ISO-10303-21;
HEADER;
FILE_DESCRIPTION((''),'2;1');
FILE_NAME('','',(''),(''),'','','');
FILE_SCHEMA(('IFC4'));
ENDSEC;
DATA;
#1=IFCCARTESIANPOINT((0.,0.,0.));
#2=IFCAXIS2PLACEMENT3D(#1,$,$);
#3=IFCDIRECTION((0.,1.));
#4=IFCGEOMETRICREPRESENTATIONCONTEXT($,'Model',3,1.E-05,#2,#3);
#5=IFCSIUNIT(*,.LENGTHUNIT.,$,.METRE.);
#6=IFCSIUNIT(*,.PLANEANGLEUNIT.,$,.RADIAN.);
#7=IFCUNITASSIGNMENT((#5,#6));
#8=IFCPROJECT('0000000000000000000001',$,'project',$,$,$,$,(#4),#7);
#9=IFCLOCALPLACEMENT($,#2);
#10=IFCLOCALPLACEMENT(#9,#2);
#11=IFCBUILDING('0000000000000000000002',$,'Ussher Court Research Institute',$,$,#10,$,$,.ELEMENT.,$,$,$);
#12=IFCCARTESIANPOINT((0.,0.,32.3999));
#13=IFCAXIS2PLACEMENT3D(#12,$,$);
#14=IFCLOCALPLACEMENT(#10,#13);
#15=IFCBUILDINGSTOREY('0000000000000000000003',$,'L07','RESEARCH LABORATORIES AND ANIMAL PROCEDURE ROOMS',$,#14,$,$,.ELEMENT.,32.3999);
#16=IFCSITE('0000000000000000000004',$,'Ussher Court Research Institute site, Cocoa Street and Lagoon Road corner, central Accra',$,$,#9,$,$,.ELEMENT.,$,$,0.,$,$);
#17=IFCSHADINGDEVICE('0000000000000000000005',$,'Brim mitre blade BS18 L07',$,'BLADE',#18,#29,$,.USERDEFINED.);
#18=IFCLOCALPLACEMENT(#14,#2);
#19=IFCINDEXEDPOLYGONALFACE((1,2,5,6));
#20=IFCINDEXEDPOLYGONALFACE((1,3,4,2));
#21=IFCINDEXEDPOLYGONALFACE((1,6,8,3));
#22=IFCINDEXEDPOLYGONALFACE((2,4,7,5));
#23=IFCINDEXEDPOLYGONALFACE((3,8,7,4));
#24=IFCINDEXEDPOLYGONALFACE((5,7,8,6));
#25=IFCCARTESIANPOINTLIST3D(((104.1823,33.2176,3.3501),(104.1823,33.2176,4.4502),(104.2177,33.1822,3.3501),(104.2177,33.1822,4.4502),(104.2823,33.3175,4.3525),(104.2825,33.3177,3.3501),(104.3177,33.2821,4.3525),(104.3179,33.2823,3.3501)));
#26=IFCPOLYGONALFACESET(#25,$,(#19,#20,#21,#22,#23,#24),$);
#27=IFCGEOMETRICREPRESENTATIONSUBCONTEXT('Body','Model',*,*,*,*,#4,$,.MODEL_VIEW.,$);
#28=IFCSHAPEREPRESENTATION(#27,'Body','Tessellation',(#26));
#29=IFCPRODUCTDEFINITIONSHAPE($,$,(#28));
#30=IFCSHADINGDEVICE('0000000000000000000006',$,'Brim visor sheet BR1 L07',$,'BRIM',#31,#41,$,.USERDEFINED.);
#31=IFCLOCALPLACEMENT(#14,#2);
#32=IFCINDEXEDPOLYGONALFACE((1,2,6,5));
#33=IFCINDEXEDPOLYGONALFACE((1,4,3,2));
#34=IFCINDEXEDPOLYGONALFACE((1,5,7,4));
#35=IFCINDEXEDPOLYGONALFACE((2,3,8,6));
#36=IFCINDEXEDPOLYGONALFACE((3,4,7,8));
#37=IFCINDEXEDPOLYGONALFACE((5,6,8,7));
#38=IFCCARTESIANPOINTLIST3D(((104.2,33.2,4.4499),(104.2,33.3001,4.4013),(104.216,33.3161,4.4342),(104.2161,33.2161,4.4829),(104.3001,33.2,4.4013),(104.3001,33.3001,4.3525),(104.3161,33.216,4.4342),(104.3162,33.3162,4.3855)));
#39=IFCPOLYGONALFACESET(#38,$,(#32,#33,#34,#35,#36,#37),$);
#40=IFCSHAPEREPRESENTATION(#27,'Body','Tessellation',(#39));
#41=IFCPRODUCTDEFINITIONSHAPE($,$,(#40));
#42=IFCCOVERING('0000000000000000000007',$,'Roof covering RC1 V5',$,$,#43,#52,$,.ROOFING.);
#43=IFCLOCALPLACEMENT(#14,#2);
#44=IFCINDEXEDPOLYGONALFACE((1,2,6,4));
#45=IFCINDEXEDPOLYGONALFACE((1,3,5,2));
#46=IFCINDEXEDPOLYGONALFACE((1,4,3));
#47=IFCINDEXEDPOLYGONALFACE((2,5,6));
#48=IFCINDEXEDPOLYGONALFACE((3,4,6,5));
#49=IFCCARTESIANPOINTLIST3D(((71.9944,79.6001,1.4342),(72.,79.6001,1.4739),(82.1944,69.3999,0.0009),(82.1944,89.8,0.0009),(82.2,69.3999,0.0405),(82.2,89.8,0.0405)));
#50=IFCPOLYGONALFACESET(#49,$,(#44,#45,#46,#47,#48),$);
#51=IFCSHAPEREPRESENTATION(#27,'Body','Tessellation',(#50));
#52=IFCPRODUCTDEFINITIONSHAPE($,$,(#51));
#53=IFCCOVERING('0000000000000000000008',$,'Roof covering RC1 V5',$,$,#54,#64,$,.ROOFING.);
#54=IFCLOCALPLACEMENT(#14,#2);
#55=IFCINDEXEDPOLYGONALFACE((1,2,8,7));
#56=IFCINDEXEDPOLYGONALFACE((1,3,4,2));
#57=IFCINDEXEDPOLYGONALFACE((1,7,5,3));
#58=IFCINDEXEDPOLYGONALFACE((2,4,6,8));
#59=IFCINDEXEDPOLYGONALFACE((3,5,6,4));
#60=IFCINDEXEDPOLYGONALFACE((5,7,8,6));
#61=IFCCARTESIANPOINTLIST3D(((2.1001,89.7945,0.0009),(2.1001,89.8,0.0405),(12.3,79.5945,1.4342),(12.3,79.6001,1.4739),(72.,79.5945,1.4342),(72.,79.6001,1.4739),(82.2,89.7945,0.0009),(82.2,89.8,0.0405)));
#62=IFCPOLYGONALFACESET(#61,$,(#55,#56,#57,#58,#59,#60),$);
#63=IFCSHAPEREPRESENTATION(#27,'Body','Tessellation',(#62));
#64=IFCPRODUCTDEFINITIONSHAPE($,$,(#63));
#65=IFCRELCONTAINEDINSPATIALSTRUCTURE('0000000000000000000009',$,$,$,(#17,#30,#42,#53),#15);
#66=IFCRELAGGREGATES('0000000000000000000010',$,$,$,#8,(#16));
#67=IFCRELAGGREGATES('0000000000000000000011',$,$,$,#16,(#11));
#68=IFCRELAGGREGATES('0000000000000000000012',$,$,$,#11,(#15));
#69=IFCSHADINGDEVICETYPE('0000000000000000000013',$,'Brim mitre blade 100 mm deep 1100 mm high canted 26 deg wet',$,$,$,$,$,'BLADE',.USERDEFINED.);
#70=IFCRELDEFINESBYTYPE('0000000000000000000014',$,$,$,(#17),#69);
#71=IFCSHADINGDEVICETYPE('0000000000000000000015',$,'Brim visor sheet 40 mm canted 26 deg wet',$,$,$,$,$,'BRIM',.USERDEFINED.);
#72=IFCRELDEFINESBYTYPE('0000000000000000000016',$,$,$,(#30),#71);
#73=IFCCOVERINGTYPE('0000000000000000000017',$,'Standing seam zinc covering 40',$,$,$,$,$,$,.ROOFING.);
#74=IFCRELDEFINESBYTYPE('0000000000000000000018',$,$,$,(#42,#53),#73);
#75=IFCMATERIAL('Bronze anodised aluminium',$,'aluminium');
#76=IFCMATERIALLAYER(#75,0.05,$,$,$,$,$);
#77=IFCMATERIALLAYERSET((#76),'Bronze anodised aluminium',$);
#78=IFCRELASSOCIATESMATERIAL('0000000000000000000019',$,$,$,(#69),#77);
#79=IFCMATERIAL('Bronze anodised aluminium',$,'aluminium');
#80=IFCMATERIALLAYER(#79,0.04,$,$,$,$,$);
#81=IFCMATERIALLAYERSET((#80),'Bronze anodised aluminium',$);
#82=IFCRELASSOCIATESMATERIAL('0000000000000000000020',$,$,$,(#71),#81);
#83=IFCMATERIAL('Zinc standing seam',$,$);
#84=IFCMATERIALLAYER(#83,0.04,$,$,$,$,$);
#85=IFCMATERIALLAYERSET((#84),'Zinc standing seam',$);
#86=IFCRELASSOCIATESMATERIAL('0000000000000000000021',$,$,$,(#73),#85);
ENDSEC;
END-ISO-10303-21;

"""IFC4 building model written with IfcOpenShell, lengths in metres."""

from ifc_helpers import new_model, si_unit, direction, frame, origin, place, context, subcontext, project, spatial, polyline, outline, extrude, material, layer, layer_set, type_object, element, save


model = new_model("IFC4")

# Units and contexts
model_context = context("Model", 3, precision=1e-05, world=origin(), true_north=direction((0.0, 1.0)))
body_context = subcontext(model_context, "Body", "Model", "MODEL_VIEW")
ifc_project = project(units=[si_unit("LENGTHUNIT", "METRE"), si_unit("PLANEANGLEUNIT", "RADIAN")], contexts=[model_context])

# Site, building, storey
site_placement = place(None, origin())
site = spatial("IfcSite", under=ifc_project, at=site_placement, Name="Ussher Court Research Institute site, Cocoa Street and Lagoon Road corner, central Accra", CompositionType="ELEMENT", RefElevation=0.0)
building_placement = place(site_placement, origin())
building = spatial("IfcBuilding", under=site, at=building_placement, Name="Ussher Court Research Institute", CompositionType="ELEMENT")
storey_placement = place(building_placement, frame((0.0, 0.0, 32.3999)))
storey = spatial("IfcBuildingStorey", under=building, at=storey_placement, Name="L07", Description="RESEARCH LABORATORIES AND ANIMAL PROCEDURE ROOMS", CompositionType="ELEMENT", Elevation=32.3999)

# Shading devices
ifc_material_1 = material(Name="Bronze anodised aluminium", Category="aluminium")
ifc_layer_1 = layer(ifc_material_1, 0.05)
ifc_layer_set_1 = layer_set([ifc_layer_1], Name="Bronze anodised aluminium")
shading_device_type_1 = type_object("IfcShadingDeviceType", Name="Brim mitre blade 100 mm deep 1100 mm high canted 26 deg wet", ElementType="BLADE", PredefinedType="USERDEFINED", material=ifc_layer_set_1)
shading_device_1_placement = place(storey_placement, frame((104.2, 33.2, 3.3501), z_axis=(0.0, 0.0, 1.0), x_axis=(0.707107, 0.707107, 0.0)))
element("IfcShadingDevice", 1, at=shading_device_1_placement, inside=storey, type_object=shading_device_type_1, Name="Brim mitre blade BS18 L07", ObjectType="BLADE", PredefinedType="USERDEFINED", context=body_context, shape_type="SweptSolid", body=[
    extrude(outline(polyline([(0.0, 0.0), (0.1416, 0.0), (0.1414, 1.0024), (0.0, 1.1001), (0.0, 0.0)])), frame((0.0, 0.0249, 0.0), z_axis=(0.0, -1.0, 0.0), x_axis=(1.0, 0.0, 0.0)), (0.0, 0.0, 1.0), 0.05),
])
ifc_material_2 = material(Name="Bronze anodised aluminium", Category="aluminium")
ifc_layer_2 = layer(ifc_material_2, 0.04)
ifc_layer_set_2 = layer_set([ifc_layer_2], Name="Bronze anodised aluminium")
shading_device_type_2 = type_object("IfcShadingDeviceType", Name="Brim visor sheet 40 mm canted 26 deg wet", ElementType="BRIM", PredefinedType="USERDEFINED", material=ifc_layer_set_2)
shading_device_2_placement = place(storey_placement, frame((104.2161, 33.2161, 4.4829), z_axis=(0.400848, 0.400848, 0.823797), x_axis=(0.899269, -0.000362, -0.437395)))
element("IfcShadingDevice", 2, at=shading_device_2_placement, inside=storey, type_object=shading_device_type_2, Name="Brim visor sheet BR1 L07", ObjectType="BRIM", PredefinedType="USERDEFINED", context=body_context, shape_type="SweptSolid", body=[
    extrude(outline(polyline([(0.0, 0.0), (0.1113, 0.0), (0.1326, 0.1093), (0.0212, 0.1092), (0.0, 0.0)])), origin(), (0.0, 0.0, -1.0), 0.04),
])

# Coverings
ifc_material_3 = material(Name="Zinc standing seam")
ifc_layer_3 = layer(ifc_material_3, 0.04)
ifc_layer_set_3 = layer_set([ifc_layer_3], Name="Zinc standing seam")
covering_type = type_object("IfcCoveringType", Name="Standing seam zinc covering 40", PredefinedType="ROOFING", material=ifc_layer_set_3)
covering_1_placement = place(storey_placement, frame((82.2, 69.3999, 0.0405), z_axis=(0.139158, 0.0, 0.99027), x_axis=(0.0, 1.0, 0.0)))
element("IfcCovering", 3, at=covering_1_placement, inside=storey, type_object=covering_type, Name="Roof covering RC1 V5", PredefinedType="ROOFING", context=body_context, shape_type="SweptSolid", body=[
    extrude(outline(polyline([(0.0, 0.0), (20.4001, 0.0), (10.2002, 10.3002), (0.0, 0.0)])), origin(), (0.0, 0.0, -1.0), 0.04),
])
covering_2_placement = place(storey_placement, frame((82.2, 89.8, 0.0405), z_axis=(0.0, 0.139158, 0.99027), x_axis=(-1.0, 0.0, 0.0)))
element("IfcCovering", 4, at=covering_2_placement, inside=storey, type_object=covering_type, Name="Roof covering RC1 V5", PredefinedType="ROOFING", context=body_context, shape_type="SweptSolid", body=[
    extrude(outline(polyline([(0.0, 0.0), (80.0999, 0.0), (69.8999, 10.3002), (10.2, 10.3002), (0.0, 0.0)])), origin(), (0.0, 0.0, -1.0), 0.04),
])

save(model, "model.ifc")
